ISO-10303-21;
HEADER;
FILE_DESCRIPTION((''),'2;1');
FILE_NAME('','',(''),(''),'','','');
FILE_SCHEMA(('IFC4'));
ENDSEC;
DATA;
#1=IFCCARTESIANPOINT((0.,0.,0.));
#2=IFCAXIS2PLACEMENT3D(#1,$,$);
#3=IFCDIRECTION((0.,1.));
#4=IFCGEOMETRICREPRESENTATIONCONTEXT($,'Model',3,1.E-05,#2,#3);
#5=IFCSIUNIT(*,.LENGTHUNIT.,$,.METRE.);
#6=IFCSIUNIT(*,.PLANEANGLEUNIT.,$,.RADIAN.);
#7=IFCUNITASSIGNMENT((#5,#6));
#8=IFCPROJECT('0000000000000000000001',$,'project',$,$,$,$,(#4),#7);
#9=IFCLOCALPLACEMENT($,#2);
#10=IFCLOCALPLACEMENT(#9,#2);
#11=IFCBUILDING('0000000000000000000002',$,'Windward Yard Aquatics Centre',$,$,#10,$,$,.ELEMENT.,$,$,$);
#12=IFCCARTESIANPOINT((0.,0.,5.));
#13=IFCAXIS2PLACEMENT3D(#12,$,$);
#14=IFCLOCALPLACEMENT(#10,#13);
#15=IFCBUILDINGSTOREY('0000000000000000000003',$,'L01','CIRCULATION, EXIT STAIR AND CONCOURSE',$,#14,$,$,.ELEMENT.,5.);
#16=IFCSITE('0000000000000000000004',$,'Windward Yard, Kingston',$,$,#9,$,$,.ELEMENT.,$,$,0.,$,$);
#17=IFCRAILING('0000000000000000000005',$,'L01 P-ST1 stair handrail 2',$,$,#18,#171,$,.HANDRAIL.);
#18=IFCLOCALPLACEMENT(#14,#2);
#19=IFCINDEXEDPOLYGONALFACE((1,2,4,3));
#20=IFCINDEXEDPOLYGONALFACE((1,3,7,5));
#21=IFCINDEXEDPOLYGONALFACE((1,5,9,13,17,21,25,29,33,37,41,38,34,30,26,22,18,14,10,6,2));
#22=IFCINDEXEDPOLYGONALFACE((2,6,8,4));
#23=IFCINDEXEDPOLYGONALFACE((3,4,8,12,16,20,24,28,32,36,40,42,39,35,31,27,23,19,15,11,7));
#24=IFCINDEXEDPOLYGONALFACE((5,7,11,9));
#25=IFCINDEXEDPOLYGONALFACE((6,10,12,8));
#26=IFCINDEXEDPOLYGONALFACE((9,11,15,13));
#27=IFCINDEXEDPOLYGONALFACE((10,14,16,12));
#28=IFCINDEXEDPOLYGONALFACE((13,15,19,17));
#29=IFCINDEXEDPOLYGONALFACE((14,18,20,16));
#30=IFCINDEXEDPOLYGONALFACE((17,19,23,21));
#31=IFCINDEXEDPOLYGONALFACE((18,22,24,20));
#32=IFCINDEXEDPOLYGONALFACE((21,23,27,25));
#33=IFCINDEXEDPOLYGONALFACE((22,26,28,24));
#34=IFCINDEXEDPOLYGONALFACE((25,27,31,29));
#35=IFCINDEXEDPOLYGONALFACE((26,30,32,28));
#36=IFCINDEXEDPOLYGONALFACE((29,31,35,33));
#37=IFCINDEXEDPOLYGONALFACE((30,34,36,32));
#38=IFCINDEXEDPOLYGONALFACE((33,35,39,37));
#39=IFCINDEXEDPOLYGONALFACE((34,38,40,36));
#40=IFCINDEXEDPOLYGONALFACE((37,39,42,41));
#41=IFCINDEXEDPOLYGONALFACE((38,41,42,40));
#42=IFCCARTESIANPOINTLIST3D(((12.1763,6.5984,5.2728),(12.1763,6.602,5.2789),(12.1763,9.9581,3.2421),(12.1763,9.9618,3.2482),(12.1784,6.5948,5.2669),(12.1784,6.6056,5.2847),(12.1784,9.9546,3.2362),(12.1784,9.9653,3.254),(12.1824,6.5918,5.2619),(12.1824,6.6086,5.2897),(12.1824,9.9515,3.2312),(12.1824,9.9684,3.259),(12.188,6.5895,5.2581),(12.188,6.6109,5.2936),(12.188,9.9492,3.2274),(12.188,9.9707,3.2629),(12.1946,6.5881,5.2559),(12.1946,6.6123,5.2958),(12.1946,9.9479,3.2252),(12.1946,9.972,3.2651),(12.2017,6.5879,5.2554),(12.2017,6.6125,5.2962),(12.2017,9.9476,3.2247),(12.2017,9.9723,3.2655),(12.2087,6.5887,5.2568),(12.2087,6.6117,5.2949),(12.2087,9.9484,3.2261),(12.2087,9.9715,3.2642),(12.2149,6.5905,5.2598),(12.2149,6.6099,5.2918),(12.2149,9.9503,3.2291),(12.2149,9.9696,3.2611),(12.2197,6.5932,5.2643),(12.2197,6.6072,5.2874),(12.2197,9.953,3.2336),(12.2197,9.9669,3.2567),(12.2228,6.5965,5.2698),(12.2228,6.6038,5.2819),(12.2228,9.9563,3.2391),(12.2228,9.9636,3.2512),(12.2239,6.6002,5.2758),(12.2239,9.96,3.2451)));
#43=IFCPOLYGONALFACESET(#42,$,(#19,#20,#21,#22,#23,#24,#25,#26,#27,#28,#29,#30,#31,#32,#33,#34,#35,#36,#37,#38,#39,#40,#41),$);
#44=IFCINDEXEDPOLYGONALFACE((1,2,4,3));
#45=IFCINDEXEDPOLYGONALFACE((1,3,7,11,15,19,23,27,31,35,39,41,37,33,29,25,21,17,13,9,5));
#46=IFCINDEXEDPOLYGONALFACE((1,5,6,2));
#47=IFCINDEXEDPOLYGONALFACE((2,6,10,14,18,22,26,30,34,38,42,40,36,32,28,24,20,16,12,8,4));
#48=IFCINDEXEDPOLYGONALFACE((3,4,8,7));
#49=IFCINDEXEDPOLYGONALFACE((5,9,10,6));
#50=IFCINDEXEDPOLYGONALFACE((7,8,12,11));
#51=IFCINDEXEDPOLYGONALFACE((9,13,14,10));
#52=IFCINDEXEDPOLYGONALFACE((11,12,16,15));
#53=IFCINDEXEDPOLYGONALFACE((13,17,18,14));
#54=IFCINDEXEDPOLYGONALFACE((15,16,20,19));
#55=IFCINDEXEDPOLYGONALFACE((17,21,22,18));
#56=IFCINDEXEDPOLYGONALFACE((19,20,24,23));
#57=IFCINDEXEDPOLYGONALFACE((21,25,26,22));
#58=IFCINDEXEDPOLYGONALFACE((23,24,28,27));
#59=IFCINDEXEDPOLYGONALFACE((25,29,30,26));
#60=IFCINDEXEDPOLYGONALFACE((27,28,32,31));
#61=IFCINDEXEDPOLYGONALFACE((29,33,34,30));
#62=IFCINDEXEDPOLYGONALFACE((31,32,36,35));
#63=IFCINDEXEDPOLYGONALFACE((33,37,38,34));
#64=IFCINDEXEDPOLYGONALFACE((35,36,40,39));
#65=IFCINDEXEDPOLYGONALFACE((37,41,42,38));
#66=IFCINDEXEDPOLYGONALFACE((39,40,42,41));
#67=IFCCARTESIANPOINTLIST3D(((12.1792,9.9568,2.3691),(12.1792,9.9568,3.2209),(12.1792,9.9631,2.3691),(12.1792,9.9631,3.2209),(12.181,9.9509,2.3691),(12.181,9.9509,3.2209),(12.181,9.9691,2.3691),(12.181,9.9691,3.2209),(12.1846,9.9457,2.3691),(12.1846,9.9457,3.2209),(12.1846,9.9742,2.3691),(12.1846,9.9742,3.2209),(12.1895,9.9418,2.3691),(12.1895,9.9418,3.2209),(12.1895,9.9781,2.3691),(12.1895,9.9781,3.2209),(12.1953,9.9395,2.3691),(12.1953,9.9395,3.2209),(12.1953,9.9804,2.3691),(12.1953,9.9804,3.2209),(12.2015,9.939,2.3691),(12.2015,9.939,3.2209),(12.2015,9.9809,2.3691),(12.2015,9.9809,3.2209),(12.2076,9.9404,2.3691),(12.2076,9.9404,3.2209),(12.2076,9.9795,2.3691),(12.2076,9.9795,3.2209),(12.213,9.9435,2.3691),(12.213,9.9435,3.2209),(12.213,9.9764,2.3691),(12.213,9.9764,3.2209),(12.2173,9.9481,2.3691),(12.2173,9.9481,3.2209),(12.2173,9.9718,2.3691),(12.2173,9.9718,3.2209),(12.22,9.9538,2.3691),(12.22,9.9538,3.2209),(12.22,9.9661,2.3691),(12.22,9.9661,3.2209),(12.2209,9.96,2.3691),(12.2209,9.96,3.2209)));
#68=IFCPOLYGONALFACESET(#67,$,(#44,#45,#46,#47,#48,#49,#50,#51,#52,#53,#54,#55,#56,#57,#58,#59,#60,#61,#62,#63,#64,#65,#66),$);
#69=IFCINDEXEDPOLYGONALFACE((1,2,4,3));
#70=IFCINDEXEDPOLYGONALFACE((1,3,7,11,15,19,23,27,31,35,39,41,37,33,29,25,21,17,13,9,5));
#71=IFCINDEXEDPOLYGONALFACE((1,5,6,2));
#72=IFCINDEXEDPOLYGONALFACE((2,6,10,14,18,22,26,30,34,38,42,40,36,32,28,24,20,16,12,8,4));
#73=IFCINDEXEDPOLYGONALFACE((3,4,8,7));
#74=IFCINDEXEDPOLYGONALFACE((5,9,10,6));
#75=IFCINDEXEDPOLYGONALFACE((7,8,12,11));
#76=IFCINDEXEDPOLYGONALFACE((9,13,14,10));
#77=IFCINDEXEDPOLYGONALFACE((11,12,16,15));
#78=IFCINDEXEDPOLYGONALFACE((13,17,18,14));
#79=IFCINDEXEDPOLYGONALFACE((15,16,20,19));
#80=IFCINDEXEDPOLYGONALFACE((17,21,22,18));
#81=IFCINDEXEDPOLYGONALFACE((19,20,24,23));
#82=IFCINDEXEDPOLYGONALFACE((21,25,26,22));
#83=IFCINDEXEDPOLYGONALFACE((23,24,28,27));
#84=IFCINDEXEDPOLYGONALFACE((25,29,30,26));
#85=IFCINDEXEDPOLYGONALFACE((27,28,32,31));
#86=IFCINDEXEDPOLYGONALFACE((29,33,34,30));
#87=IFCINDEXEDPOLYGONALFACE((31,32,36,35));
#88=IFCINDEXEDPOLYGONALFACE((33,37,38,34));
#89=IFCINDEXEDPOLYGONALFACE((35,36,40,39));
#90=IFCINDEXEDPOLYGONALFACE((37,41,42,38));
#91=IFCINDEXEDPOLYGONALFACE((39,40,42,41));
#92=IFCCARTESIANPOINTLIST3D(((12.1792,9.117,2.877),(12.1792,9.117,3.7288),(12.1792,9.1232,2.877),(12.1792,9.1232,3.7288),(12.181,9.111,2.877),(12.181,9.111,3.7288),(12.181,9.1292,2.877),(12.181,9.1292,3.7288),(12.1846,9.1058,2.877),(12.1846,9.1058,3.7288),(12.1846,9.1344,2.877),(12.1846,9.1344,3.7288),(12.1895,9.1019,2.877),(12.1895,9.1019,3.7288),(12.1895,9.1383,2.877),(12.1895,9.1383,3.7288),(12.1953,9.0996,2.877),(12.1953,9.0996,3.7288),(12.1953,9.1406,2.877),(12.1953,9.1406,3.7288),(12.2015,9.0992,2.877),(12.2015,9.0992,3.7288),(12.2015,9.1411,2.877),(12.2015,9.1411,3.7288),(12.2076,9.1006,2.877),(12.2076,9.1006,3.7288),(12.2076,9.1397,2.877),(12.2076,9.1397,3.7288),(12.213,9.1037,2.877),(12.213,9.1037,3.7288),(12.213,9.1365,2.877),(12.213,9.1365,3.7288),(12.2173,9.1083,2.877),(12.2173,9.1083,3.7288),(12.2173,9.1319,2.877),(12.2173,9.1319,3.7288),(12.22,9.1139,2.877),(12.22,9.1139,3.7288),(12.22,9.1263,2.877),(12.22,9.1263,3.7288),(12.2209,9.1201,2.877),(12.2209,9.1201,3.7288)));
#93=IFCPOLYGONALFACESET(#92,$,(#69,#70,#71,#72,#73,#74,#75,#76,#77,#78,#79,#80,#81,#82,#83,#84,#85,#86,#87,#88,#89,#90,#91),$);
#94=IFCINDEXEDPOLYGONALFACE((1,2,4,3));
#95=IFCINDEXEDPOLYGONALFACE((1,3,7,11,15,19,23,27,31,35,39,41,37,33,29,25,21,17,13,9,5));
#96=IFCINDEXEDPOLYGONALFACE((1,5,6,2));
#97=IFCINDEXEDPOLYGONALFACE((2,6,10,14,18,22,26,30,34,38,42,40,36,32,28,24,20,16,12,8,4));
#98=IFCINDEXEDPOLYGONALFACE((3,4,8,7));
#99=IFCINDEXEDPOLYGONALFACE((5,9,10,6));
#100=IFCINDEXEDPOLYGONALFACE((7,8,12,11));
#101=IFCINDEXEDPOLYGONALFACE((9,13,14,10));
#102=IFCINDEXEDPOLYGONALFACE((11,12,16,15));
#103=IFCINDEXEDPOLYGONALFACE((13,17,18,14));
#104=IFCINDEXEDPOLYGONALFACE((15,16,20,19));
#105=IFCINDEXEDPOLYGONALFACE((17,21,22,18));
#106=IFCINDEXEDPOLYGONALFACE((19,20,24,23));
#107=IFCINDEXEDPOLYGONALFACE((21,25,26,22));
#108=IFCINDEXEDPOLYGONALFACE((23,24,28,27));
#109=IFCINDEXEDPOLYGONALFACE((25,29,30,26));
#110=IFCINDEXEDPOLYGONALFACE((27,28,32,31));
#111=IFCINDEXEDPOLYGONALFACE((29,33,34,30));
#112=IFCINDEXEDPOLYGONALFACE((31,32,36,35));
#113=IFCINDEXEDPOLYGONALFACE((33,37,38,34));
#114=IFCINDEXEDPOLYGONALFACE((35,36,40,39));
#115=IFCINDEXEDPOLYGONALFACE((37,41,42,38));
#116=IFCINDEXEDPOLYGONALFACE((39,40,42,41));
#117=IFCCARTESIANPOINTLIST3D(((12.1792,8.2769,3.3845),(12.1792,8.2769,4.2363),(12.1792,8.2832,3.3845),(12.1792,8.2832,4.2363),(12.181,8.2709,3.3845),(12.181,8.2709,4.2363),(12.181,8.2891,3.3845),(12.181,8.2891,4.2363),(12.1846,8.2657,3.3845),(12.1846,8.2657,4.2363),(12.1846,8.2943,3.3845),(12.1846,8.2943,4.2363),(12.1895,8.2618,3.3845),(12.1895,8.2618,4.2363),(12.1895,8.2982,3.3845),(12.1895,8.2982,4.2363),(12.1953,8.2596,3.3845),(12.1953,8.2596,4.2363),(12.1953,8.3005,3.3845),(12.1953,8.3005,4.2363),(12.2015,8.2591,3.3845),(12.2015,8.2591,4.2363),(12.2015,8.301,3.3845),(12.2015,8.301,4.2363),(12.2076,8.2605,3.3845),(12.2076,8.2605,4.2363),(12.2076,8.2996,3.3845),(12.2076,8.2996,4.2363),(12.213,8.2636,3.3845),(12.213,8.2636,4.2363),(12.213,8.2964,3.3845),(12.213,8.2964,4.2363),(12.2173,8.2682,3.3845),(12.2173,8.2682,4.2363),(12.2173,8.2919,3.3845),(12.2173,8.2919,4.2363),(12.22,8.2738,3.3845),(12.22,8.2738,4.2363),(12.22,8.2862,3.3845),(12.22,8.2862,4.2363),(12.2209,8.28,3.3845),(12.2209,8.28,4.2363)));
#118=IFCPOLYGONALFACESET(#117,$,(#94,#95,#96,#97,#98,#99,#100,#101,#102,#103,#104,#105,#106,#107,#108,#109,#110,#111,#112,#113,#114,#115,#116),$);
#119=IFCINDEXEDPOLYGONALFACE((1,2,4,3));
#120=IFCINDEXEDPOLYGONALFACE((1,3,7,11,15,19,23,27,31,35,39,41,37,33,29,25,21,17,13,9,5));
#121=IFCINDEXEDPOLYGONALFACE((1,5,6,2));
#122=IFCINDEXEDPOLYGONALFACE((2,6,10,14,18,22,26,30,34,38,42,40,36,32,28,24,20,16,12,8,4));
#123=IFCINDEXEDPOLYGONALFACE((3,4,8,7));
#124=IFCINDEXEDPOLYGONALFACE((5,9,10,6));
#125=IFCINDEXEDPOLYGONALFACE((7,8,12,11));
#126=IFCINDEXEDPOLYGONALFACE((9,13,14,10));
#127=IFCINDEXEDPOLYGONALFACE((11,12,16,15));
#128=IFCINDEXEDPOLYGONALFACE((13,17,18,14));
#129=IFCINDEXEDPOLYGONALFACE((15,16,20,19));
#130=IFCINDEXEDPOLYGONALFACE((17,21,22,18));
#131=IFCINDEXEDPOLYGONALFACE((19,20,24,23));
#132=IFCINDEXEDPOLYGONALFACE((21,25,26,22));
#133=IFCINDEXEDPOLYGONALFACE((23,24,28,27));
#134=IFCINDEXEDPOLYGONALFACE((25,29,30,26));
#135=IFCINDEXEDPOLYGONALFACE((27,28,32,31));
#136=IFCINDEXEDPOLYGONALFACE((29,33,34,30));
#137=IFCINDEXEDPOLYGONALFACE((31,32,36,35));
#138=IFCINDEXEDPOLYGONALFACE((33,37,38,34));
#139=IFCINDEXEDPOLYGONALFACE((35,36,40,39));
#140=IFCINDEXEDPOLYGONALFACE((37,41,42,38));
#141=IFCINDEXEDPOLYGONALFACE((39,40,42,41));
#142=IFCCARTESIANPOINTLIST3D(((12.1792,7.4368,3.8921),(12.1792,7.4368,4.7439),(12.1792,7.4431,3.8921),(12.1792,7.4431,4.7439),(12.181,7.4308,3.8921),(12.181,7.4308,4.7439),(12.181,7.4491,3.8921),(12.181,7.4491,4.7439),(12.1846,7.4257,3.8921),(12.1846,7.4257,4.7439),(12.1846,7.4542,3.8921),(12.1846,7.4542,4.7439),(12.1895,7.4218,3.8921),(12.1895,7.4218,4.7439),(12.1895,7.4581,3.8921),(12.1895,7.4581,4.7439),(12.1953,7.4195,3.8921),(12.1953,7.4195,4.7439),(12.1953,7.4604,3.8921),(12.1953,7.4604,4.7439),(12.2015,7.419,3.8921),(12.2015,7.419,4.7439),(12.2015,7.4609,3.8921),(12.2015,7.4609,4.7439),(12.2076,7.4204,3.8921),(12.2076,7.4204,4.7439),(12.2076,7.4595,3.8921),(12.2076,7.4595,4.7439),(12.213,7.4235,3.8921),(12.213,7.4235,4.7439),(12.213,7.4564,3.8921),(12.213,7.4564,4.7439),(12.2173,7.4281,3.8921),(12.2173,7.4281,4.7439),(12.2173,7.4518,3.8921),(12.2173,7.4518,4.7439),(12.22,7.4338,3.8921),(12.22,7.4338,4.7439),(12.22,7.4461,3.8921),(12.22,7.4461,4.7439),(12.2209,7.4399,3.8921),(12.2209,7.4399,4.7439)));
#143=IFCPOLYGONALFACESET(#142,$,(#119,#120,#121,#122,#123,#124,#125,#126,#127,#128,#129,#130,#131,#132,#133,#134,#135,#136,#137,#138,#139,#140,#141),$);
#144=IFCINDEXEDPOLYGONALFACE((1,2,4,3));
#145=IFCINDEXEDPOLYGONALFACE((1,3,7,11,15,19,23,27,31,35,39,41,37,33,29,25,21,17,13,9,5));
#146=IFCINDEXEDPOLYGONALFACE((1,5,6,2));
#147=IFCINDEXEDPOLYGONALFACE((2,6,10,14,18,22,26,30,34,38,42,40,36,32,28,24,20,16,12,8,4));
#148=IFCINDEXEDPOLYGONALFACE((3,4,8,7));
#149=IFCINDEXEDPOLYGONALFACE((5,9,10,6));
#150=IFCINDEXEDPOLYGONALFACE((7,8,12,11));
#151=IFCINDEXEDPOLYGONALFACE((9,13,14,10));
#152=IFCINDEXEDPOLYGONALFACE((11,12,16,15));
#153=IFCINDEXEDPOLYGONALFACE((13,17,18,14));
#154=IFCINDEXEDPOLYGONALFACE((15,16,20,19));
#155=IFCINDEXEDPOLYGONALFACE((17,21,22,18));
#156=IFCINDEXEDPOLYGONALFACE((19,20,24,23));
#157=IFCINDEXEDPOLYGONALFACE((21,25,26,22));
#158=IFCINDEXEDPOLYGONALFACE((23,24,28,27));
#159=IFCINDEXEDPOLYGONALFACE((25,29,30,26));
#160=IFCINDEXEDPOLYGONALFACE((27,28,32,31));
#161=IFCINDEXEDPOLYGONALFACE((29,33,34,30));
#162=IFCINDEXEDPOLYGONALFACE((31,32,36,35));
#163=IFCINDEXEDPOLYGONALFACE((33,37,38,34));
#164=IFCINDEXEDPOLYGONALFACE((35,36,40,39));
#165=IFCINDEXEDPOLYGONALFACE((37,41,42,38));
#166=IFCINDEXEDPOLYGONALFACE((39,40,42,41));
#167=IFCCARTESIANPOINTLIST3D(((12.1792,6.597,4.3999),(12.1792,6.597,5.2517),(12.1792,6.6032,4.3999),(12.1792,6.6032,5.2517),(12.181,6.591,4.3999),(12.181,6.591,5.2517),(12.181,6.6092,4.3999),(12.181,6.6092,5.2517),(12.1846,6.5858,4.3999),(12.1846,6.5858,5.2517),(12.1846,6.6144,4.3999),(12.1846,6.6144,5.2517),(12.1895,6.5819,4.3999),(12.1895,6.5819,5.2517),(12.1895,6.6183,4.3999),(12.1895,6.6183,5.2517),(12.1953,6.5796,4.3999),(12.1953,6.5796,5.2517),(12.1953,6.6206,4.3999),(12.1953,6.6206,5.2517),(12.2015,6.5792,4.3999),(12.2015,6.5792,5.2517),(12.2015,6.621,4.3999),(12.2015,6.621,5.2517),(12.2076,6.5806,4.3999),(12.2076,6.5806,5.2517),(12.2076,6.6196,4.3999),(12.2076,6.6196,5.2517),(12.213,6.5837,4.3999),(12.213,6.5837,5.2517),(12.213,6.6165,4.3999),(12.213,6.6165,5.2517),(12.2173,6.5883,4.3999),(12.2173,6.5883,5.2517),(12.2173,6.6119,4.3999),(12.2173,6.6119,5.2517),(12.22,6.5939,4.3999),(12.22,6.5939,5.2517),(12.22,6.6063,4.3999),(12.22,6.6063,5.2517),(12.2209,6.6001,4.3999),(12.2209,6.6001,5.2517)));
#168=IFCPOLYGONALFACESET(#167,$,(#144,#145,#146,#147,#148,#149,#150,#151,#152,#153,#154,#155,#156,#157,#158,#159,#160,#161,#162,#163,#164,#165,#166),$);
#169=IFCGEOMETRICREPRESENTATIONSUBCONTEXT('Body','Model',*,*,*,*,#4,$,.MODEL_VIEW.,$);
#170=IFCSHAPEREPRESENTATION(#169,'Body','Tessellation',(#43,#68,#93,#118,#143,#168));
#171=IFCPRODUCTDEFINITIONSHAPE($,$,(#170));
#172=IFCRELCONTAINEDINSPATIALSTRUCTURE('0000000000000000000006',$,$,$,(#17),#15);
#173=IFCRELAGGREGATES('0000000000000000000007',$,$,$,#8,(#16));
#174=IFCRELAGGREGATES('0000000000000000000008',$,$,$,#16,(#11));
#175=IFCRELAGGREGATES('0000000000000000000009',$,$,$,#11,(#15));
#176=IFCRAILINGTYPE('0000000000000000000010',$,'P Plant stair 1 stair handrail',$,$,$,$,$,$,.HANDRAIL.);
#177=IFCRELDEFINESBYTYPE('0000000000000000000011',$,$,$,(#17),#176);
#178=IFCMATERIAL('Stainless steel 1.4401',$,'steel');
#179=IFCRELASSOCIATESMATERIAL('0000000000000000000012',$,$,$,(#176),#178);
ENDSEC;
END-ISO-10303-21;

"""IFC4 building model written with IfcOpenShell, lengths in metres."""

from ifc_helpers import new_model, si_unit, direction, frame, origin, origin_2d, place, context, subcontext, project, spatial, circle, extrude, material, type_object, element, save


model = new_model("IFC4")

# Units and contexts
model_context = context("Model", 3, precision=1e-05, world=origin(), true_north=direction((0.0, 1.0)))
body_context = subcontext(model_context, "Body", "Model", "MODEL_VIEW")
ifc_project = project(units=[si_unit("LENGTHUNIT", "METRE"), si_unit("PLANEANGLEUNIT", "RADIAN")], contexts=[model_context])

# Site, building, storey
site_placement = place(None, origin())
site = spatial("IfcSite", under=ifc_project, at=site_placement, Name="Windward Yard, Kingston", CompositionType="ELEMENT", RefElevation=0.0)
building_placement = place(site_placement, origin())
building = spatial("IfcBuilding", under=site, at=building_placement, Name="Windward Yard Aquatics Centre", CompositionType="ELEMENT")
storey_placement = place(building_placement, frame((0.0, 0.0, 5.0)))
storey = spatial("IfcBuildingStorey", under=building, at=storey_placement, Name="L01", Description="CIRCULATION, EXIT STAIR AND CONCOURSE", CompositionType="ELEMENT", Elevation=5.0)

# Railing
ifc_material_1 = material(Name="Stainless steel 1.4401", Category="steel")
railing_type_1 = type_object("IfcRailingType", Name="P Plant stair 1 stair handrail", PredefinedType="HANDRAIL", material=ifc_material_1)
railing_1_placement = place(storey_placement, frame((12.2, 9.96, 2.3691)))
element("IfcRailing", 1, at=railing_1_placement, inside=storey, type_object=railing_type_1, Name="L01 P-ST1 stair handrail 2", PredefinedType="HANDRAIL", context=body_context, shape_type="SweptSolid", body=[
    extrude(circle(Radius=0.0239, at=origin_2d()), frame((0.0, 0.0, 0.876), z_axis=(0.0, -0.85582, 0.517273), x_axis=(1.0, 0.0, 0.0)), (0.0, 0.0, 1.0), 3.9258),
    extrude(circle(Radius=0.021, at=origin_2d()), origin(), (0.0, 0.0, 1.0), 0.8518),
    extrude(circle(Radius=0.021, at=origin_2d()), frame((0.0, -0.8398, 0.5078)), (0.0, 0.0, 1.0), 0.8518),
    extrude(circle(Radius=0.021, at=origin_2d()), frame((0.0, -1.6799, 1.0154)), (0.0, 0.0, 1.0), 0.8518),
    extrude(circle(Radius=0.021, at=origin_2d()), frame((0.0, -2.52, 1.5229)), (0.0, 0.0, 1.0), 0.8518),
    extrude(circle(Radius=0.021, at=origin_2d()), frame((0.0, -3.3599, 2.0308)), (0.0, 0.0, 1.0), 0.8518),
])

save(model, "model.ifc")
